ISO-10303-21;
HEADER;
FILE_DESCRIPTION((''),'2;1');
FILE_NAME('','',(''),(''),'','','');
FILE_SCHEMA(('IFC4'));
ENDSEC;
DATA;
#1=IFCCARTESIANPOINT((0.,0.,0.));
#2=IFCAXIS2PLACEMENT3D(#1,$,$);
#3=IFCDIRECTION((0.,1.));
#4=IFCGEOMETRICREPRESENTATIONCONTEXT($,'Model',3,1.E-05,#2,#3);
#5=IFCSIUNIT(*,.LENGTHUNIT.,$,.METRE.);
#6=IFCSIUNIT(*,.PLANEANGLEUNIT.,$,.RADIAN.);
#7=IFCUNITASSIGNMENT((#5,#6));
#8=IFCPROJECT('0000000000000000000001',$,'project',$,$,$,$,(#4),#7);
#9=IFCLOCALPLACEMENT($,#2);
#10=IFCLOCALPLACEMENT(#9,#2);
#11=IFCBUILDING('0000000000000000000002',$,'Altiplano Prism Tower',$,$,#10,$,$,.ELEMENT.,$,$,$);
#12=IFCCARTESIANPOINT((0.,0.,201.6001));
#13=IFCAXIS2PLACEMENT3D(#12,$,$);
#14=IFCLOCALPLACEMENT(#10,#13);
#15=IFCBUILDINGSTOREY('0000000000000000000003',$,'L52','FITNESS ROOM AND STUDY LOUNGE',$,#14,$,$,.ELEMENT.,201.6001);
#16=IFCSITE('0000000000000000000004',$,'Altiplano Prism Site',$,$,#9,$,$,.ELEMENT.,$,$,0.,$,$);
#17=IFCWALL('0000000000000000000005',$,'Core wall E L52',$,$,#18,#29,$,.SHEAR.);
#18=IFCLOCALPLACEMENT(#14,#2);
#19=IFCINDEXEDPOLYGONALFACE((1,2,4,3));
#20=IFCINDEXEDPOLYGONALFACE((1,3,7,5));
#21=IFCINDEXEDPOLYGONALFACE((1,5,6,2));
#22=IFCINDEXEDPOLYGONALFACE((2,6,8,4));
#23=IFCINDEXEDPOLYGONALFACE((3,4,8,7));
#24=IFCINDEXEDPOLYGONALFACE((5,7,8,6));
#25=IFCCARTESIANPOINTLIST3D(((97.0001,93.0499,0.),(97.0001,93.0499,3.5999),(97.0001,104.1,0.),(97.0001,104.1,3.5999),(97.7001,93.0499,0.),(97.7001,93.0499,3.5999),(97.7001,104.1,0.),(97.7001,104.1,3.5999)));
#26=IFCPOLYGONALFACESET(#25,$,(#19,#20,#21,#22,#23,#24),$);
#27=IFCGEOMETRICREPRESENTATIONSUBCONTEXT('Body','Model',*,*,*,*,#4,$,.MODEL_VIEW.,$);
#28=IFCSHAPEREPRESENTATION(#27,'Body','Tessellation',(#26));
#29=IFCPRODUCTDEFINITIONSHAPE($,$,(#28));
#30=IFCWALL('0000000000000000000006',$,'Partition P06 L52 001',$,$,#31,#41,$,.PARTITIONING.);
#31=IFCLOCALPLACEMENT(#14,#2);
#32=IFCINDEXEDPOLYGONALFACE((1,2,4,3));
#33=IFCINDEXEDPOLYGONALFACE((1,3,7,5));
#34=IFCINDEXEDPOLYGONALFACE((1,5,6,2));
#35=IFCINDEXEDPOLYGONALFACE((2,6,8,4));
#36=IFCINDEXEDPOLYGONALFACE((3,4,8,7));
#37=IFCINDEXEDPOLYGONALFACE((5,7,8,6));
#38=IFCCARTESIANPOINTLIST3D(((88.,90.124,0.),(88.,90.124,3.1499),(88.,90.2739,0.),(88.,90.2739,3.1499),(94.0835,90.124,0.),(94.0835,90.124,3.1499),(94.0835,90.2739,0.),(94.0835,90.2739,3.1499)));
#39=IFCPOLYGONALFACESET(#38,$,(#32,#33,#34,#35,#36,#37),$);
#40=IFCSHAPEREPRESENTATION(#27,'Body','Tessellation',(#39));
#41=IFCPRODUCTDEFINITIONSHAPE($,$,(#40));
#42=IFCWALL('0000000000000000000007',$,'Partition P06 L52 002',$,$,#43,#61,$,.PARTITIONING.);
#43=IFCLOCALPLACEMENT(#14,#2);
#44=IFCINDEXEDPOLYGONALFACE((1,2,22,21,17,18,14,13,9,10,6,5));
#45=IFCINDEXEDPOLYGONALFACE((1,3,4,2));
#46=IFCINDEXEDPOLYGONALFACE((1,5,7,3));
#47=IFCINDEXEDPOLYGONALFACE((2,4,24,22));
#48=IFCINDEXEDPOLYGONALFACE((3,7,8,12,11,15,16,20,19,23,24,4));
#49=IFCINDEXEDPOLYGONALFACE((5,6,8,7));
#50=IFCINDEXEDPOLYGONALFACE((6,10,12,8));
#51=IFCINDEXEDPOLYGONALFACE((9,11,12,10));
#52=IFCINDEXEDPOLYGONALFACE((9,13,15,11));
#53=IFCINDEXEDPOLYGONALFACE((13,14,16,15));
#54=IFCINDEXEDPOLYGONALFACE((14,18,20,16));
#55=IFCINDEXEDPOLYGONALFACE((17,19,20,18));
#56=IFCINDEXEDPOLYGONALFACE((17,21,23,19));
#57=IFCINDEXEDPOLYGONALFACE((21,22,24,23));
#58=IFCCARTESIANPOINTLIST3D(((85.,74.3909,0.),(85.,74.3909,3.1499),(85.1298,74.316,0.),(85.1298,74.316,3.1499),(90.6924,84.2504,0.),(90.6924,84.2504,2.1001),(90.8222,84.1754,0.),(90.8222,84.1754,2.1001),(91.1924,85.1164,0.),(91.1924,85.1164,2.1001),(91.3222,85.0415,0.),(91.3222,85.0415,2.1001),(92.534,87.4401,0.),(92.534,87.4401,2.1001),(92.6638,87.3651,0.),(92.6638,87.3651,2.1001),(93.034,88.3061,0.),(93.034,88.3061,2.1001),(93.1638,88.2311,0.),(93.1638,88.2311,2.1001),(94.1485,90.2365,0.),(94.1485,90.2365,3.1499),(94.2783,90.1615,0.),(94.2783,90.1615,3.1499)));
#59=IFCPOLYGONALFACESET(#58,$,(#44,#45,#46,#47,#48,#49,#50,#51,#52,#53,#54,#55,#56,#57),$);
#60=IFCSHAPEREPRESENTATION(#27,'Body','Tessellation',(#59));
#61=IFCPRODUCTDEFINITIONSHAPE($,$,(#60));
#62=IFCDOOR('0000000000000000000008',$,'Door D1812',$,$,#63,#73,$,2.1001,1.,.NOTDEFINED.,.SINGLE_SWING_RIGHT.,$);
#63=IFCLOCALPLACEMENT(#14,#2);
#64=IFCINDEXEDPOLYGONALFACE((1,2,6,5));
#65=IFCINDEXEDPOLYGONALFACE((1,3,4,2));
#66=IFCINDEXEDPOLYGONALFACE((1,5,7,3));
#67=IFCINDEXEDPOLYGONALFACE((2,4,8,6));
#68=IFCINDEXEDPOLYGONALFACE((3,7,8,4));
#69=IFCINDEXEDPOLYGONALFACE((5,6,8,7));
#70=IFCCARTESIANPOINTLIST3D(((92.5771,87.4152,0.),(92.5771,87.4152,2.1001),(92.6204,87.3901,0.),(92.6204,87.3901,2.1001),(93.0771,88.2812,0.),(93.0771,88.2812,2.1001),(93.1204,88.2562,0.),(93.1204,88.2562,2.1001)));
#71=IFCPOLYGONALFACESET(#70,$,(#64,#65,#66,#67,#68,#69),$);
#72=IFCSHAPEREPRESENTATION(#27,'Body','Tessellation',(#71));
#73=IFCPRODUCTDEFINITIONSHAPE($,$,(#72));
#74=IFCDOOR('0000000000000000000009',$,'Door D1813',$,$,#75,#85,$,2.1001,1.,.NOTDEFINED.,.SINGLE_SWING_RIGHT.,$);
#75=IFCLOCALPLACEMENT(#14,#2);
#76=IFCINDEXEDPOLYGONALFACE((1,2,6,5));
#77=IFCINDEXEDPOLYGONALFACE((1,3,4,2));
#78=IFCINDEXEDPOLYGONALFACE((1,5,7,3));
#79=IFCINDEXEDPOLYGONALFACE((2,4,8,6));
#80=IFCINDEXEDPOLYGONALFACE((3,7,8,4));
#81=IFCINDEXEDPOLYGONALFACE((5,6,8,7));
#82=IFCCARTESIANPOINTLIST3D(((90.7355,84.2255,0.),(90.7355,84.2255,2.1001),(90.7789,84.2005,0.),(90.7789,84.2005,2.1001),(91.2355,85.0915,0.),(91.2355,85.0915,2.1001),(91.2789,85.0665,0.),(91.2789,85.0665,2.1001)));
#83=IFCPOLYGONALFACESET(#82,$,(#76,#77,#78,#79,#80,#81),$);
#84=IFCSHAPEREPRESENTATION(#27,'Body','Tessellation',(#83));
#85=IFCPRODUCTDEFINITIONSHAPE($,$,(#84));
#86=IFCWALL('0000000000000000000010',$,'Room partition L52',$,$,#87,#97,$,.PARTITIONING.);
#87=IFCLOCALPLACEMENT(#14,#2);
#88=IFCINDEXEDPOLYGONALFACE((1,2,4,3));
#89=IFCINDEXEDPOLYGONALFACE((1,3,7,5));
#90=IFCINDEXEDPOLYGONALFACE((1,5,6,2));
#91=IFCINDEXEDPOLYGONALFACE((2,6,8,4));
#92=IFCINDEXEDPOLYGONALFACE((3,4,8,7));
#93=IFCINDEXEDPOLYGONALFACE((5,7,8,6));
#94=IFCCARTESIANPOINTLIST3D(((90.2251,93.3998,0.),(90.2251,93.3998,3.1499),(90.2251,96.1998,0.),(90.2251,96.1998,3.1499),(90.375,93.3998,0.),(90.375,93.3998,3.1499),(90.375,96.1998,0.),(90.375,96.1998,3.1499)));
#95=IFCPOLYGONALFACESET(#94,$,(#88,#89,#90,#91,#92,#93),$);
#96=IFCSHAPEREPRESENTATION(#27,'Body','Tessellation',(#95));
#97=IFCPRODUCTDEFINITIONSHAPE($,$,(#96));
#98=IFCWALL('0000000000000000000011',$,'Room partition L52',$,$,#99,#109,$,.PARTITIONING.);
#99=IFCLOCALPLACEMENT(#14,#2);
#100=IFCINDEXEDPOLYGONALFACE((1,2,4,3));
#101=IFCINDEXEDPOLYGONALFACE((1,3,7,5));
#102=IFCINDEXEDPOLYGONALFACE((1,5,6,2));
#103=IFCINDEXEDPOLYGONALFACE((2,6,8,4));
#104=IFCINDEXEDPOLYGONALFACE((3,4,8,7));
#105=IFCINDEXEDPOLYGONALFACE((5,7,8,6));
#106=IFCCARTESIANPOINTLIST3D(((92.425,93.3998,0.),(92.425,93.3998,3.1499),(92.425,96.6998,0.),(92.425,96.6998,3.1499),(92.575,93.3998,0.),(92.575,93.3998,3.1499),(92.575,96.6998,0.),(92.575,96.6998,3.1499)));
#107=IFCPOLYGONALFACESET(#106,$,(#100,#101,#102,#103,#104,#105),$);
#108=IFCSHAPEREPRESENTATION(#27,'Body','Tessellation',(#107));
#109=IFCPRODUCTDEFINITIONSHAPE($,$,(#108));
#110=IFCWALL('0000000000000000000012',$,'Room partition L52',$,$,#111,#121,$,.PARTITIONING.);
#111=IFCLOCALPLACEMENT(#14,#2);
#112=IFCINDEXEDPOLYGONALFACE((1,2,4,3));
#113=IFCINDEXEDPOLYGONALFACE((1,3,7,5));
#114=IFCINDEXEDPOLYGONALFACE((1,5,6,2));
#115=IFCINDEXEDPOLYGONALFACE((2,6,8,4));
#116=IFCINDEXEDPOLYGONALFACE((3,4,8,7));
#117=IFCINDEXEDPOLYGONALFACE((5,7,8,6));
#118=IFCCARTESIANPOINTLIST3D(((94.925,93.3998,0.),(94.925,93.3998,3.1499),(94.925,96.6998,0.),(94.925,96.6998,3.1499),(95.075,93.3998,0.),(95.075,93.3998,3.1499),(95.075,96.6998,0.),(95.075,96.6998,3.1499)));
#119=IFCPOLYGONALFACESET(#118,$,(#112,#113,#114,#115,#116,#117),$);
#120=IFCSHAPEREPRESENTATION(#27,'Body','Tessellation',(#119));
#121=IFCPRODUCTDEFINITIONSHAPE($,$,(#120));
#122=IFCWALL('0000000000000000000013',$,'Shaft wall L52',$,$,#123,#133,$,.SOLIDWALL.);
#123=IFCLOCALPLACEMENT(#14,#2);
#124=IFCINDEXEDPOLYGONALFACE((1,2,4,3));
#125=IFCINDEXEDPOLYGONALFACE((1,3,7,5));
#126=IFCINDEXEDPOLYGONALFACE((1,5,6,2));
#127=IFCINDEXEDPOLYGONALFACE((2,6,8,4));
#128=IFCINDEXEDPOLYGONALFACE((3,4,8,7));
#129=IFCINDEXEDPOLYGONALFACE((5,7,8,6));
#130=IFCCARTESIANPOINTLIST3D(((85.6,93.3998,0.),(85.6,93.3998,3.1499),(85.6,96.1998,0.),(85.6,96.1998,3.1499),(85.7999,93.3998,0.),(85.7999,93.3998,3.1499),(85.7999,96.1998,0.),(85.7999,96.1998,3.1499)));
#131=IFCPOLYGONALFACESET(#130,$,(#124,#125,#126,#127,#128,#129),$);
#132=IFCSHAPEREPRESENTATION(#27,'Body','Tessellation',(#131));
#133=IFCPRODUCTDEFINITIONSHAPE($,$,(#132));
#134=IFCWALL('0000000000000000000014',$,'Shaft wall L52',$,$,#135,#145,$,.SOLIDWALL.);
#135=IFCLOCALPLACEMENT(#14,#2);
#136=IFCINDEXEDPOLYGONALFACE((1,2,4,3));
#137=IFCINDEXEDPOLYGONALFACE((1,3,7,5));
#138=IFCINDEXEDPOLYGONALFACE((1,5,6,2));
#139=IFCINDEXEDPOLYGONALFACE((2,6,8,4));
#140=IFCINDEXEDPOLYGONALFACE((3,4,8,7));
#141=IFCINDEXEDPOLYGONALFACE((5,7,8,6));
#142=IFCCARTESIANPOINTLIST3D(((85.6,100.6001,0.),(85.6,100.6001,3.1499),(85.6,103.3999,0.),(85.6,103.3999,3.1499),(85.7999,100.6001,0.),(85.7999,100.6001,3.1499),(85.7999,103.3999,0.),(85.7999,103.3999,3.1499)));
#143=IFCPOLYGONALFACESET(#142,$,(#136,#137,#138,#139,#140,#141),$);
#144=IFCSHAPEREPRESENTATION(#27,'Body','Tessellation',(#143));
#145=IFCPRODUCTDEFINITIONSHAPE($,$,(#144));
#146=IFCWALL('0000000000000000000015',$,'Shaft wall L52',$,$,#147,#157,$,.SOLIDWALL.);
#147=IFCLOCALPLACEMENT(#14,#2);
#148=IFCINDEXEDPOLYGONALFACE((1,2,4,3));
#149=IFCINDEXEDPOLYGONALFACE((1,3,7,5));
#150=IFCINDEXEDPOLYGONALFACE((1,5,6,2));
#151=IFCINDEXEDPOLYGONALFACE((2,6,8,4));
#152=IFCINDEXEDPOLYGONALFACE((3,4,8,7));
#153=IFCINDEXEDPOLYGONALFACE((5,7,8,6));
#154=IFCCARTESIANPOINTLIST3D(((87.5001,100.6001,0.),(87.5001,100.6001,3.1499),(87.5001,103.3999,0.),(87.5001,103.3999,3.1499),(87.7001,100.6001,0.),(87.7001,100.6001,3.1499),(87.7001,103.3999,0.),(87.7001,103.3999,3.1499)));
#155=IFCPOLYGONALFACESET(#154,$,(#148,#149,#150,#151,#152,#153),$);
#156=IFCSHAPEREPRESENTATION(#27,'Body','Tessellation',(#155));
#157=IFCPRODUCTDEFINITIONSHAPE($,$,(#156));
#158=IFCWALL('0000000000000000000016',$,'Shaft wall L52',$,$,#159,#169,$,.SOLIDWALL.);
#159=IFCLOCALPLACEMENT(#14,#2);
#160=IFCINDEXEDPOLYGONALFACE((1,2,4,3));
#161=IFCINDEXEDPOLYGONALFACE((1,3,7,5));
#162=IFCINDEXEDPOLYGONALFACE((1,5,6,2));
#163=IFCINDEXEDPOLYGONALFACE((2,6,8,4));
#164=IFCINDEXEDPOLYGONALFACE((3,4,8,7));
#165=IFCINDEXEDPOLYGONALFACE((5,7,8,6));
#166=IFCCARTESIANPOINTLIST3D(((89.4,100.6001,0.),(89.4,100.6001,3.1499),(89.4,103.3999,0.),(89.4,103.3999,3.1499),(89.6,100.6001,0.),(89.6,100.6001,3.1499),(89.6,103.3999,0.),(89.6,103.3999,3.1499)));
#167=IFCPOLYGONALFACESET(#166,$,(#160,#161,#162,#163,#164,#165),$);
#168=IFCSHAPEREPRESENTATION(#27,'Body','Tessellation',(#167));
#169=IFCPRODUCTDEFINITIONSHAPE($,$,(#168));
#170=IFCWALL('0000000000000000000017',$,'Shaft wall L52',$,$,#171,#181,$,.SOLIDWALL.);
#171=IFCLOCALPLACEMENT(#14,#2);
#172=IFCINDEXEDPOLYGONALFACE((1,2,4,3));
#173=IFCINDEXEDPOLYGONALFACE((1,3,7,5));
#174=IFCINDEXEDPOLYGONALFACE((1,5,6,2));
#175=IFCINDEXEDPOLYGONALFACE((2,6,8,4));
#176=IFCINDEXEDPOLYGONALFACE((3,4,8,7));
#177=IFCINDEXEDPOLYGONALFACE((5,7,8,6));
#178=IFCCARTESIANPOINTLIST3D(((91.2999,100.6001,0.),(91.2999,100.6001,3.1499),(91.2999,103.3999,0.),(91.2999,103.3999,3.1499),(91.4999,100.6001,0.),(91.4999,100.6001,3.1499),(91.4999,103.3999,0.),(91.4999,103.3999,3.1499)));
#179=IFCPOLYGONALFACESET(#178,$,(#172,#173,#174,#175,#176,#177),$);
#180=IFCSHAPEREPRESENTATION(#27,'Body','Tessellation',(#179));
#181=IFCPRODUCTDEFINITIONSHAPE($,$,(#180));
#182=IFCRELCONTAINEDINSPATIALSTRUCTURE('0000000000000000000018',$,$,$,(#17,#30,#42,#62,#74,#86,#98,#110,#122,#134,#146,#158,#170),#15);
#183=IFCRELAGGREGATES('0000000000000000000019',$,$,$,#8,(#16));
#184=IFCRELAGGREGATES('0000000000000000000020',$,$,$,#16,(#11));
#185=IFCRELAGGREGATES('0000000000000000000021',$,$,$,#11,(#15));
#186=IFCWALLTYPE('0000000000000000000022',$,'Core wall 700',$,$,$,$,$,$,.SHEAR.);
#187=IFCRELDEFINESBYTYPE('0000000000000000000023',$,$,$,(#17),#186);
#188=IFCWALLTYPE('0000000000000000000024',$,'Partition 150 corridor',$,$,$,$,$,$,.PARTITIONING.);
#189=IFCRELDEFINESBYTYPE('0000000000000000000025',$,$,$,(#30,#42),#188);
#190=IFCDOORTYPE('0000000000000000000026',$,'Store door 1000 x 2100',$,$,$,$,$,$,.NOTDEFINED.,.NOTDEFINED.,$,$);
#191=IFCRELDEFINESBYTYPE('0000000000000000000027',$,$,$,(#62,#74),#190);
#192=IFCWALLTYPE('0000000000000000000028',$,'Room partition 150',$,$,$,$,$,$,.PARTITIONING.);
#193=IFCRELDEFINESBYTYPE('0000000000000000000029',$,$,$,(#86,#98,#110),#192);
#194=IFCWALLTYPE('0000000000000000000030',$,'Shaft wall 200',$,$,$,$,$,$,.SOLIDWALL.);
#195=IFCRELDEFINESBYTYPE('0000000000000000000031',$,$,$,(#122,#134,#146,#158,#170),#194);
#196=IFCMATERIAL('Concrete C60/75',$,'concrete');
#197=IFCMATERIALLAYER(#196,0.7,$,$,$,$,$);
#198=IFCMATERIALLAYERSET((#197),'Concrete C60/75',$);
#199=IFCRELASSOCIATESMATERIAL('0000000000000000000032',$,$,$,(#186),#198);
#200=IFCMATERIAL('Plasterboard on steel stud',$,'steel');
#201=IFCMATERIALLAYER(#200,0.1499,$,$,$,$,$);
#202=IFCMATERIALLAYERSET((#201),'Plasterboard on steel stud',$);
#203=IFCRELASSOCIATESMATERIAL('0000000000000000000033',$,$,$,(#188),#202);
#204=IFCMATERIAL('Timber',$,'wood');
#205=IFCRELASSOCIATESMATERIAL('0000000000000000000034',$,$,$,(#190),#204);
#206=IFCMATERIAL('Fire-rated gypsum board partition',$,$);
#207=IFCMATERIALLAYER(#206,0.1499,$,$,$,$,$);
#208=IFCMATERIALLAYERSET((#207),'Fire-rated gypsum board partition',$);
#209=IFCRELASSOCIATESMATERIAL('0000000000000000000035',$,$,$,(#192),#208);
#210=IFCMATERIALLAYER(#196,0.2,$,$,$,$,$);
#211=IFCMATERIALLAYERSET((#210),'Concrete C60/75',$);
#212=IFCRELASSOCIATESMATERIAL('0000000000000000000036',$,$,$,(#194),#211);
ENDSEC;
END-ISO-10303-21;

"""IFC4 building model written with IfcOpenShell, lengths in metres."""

from ifc_helpers import new_model, si_unit, direction, frame, frame_2d, origin, place, context, subcontext, project, spatial, rectangle, extrude, material, layer, layer_set, type_object, element, fill, save


model = new_model("IFC4")

# Units and contexts
model_context = context("Model", 3, precision=1e-05, world=origin(), true_north=direction((0.0, 1.0)))
body_context = subcontext(model_context, "Body", "Model", "MODEL_VIEW")
ifc_project = project(units=[si_unit("LENGTHUNIT", "METRE"), si_unit("PLANEANGLEUNIT", "RADIAN")], contexts=[model_context])

# Site, building, storey
site_placement = place(None, origin())
site = spatial("IfcSite", under=ifc_project, at=site_placement, Name="Altiplano Prism Site", CompositionType="ELEMENT", RefElevation=0.0)
building_placement = place(site_placement, origin())
building = spatial("IfcBuilding", under=site, at=building_placement, Name="Altiplano Prism Tower", CompositionType="ELEMENT")
storey_placement = place(building_placement, frame((0.0, 0.0, 201.6001)))
storey = spatial("IfcBuildingStorey", under=building, at=storey_placement, Name="L52", Description="FITNESS ROOM AND STUDY LOUNGE", CompositionType="ELEMENT", Elevation=201.6001)

# Walls
ifc_material_1 = material(Name="Concrete C60/75", Category="concrete")
ifc_layer_1 = layer(ifc_material_1, 0.7)
ifc_layer_set_1 = layer_set([ifc_layer_1], Name="Concrete C60/75")
wall_type_1 = type_object("IfcWallType", Name="Core wall 700", PredefinedType="SHEAR", material=ifc_layer_set_1)
wall_1_placement = place(storey_placement, frame((97.3501, 93.05, 0.0), z_axis=(0.0, 0.0, 1.0), x_axis=(0.0, 1.0, 0.0)))
element("IfcWall", 1, at=wall_1_placement, inside=storey, type_object=wall_type_1, Name="Core wall E L52", PredefinedType="SHEAR", context=body_context, shape_type="SweptSolid", body=[
    extrude(rectangle(XDim=11.05, YDim=0.7, at=frame_2d((5.5249, 0.0))), origin(), (0.0, 0.0, 1.0), 3.5999),
])
ifc_material_2 = material(Name="Plasterboard on steel stud", Category="steel")
ifc_layer_2 = layer(ifc_material_2, 0.1499)
ifc_layer_set_2 = layer_set([ifc_layer_2], Name="Plasterboard on steel stud")
wall_type_2 = type_object("IfcWallType", Name="Partition 150 corridor", PredefinedType="PARTITIONING", material=ifc_layer_set_2)
wall_2_placement = place(storey_placement, frame((88.0, 90.199, 0.0), z_axis=(0.0, 0.0, 1.0), x_axis=(1.0, 0.0, 0.0)))
element("IfcWall", 2, at=wall_2_placement, inside=storey, type_object=wall_type_2, Name="Partition P06 L52 001", PredefinedType="PARTITIONING", context=body_context, shape_type="SweptSolid", body=[
    extrude(rectangle(XDim=6.0835, YDim=0.1499, at=frame_2d((3.0417, 0.0))), origin(), (0.0, 0.0, 1.0), 3.1499),
])

# Wall, openings, doors
wall_3_placement = place(storey_placement, frame((94.2134, 90.199, 0.0), z_axis=(0.0, 0.0, 1.0), x_axis=(-0.500002, -0.866024, 0.0)))
wall_3 = element("IfcWall", 3, at=wall_3_placement, inside=storey, type_object=wall_type_2, Name="Partition P06 L52 002", PredefinedType="PARTITIONING", context=body_context, shape_type="SweptSolid", body=[
    extrude(rectangle(XDim=18.2969, YDim=0.1499, at=frame_2d((9.1484, 0.0))), origin(), (0.0, 0.0, 1.0), 3.1499),
])
opening_1_placement = place(wall_3_placement, frame((2.229, 0.0, 0.0)))
opening_1 = element("IfcOpeningElement", 4, at=opening_1_placement, cuts=wall_3, PredefinedType="OPENING", context=body_context, shape_type="SweptSolid", body=[
    extrude(rectangle(XDim=1.0, YDim=2.1001, at=frame_2d((0.5, 1.05))), frame((0.0, 0.0854, 0.0), z_axis=(0.0, -1.0, 0.0), x_axis=(1.0, 0.0, 0.0)), (0.0, 0.0, 1.0), 0.1709),
])
opening_2_placement = place(wall_3_placement, frame((5.9121, 0.0, 0.0)))
opening_2 = element("IfcOpeningElement", 5, at=opening_2_placement, cuts=wall_3, PredefinedType="OPENING", context=body_context, shape_type="SweptSolid", body=[
    extrude(rectangle(XDim=1.0, YDim=2.1001, at=frame_2d((0.5, 1.05))), frame((0.0, 0.0854, 0.0), z_axis=(0.0, -1.0, 0.0), x_axis=(1.0, 0.0, 0.0)), (0.0, 0.0, 1.0), 0.1709),
])
ifc_material_3 = material(Name="Timber", Category="wood")
door_type_1 = type_object("IfcDoorType", Name="Store door 1000 x 2100", OperationType="NOTDEFINED", PredefinedType="NOTDEFINED", material=ifc_material_3)
door_1_placement = place(opening_1_placement, origin())
door_1 = element("IfcDoor", 6, at=door_1_placement, inside=storey, type_object=door_type_1, Name="Door D1812", OperationType="SINGLE_SWING_RIGHT", OverallHeight=2.1001, OverallWidth=1.0, PredefinedType="NOTDEFINED", context=body_context, shape_type="SweptSolid", body=[
    extrude(rectangle(XDim=1.0, YDim=2.1001, at=frame_2d((0.5, 1.05))), frame((0.0, 0.0249, 0.0), z_axis=(0.0, -1.0, 0.0), x_axis=(1.0, 0.0, 0.0)), (0.0, 0.0, 1.0), 0.05),
])
fill(opening_1, door_1)
door_2_placement = place(opening_2_placement, origin())
door_2 = element("IfcDoor", 7, at=door_2_placement, inside=storey, type_object=door_type_1, Name="Door D1813", OperationType="SINGLE_SWING_RIGHT", OverallHeight=2.1001, OverallWidth=1.0, PredefinedType="NOTDEFINED", context=body_context, shape_type="SweptSolid", body=[
    extrude(rectangle(XDim=1.0, YDim=2.1001, at=frame_2d((0.5, 1.05))), frame((0.0, 0.0249, 0.0), z_axis=(0.0, -1.0, 0.0), x_axis=(1.0, 0.0, 0.0)), (0.0, 0.0, 1.0), 0.05),
])
fill(opening_2, door_2)

# Walls
ifc_material_4 = material(Name="Fire-rated gypsum board partition")
ifc_layer_3 = layer(ifc_material_4, 0.1499)
ifc_layer_set_3 = layer_set([ifc_layer_3], Name="Fire-rated gypsum board partition")
wall_type_3 = type_object("IfcWallType", Name="Room partition 150", PredefinedType="PARTITIONING", material=ifc_layer_set_3)
wall_4_placement = place(storey_placement, frame((90.3, 93.3999, 0.0), z_axis=(0.0, 0.0, 1.0), x_axis=(0.0, 1.0, 0.0)))
element("IfcWall", 8, at=wall_4_placement, inside=storey, type_object=wall_type_3, Name="Room partition L52", PredefinedType="PARTITIONING", context=body_context, shape_type="SweptSolid", body=[
    extrude(rectangle(XDim=2.8, YDim=0.1499, at=frame_2d((1.3999, 0.0))), origin(), (0.0, 0.0, 1.0), 3.1499),
])
for number, where, z_axis, x_axis, name in (
    (9, (92.5, 93.3999, 0.0), (0.0, 0.0, 1.0), (0.0, 1.0, 0.0), "Room partition L52"),
    (10, (95.0, 93.3999, 0.0), (0.0, 0.0, 1.0), (0.0, 1.0, 0.0), "Room partition L52"),
):
    element("IfcWall", number, at=place(storey_placement, frame(where, z_axis=z_axis, x_axis=x_axis)), inside=storey, type_object=wall_type_3, Name=name, PredefinedType="PARTITIONING", context=body_context, shape_type="SweptSolid", body=[
        extrude(rectangle(XDim=3.3, YDim=0.1499, at=frame_2d((1.6499, 0.0))), origin(), (0.0, 0.0, 1.0), 3.1499),
    ])
ifc_layer_4 = layer(ifc_material_1, 0.2)
ifc_layer_set_4 = layer_set([ifc_layer_4], Name="Concrete C60/75")
wall_type_4 = type_object("IfcWallType", Name="Shaft wall 200", PredefinedType="SOLIDWALL", material=ifc_layer_set_4)
wall_5_placement = place(storey_placement, frame((85.7, 93.3999, 0.0), z_axis=(0.0, 0.0, 1.0), x_axis=(0.0, 1.0, 0.0)))
element("IfcWall", 11, at=wall_5_placement, inside=storey, type_object=wall_type_4, Name="Shaft wall L52", PredefinedType="SOLIDWALL", context=body_context, shape_type="SweptSolid", body=[
    extrude(rectangle(XDim=2.8, YDim=0.2, at=frame_2d((1.3999, 0.0))), origin(), (0.0, 0.0, 1.0), 3.1499),
])
for number, where, z_axis, x_axis, name in (
    (12, (85.7, 100.6001, 0.0), (0.0, 0.0, 1.0), (0.0, 1.0, 0.0), "Shaft wall L52"),
    (13, (87.6001, 100.6001, 0.0), (0.0, 0.0, 1.0), (0.0, 1.0, 0.0), "Shaft wall L52"),
    (14, (89.5, 100.6001, 0.0), (0.0, 0.0, 1.0), (0.0, 1.0, 0.0), "Shaft wall L52"),
    (15, (91.3999, 100.6001, 0.0), (0.0, 0.0, 1.0), (0.0, 1.0, 0.0), "Shaft wall L52"),
):
    element("IfcWall", number, at=place(storey_placement, frame(where, z_axis=z_axis, x_axis=x_axis)), inside=storey, type_object=wall_type_4, Name=name, PredefinedType="SOLIDWALL", context=body_context, shape_type="SweptSolid", body=[
        extrude(rectangle(XDim=2.7998, YDim=0.2, at=frame_2d((1.3999, 0.0))), origin(), (0.0, 0.0, 1.0), 3.1499),
    ])

save(model, "model.ifc")
